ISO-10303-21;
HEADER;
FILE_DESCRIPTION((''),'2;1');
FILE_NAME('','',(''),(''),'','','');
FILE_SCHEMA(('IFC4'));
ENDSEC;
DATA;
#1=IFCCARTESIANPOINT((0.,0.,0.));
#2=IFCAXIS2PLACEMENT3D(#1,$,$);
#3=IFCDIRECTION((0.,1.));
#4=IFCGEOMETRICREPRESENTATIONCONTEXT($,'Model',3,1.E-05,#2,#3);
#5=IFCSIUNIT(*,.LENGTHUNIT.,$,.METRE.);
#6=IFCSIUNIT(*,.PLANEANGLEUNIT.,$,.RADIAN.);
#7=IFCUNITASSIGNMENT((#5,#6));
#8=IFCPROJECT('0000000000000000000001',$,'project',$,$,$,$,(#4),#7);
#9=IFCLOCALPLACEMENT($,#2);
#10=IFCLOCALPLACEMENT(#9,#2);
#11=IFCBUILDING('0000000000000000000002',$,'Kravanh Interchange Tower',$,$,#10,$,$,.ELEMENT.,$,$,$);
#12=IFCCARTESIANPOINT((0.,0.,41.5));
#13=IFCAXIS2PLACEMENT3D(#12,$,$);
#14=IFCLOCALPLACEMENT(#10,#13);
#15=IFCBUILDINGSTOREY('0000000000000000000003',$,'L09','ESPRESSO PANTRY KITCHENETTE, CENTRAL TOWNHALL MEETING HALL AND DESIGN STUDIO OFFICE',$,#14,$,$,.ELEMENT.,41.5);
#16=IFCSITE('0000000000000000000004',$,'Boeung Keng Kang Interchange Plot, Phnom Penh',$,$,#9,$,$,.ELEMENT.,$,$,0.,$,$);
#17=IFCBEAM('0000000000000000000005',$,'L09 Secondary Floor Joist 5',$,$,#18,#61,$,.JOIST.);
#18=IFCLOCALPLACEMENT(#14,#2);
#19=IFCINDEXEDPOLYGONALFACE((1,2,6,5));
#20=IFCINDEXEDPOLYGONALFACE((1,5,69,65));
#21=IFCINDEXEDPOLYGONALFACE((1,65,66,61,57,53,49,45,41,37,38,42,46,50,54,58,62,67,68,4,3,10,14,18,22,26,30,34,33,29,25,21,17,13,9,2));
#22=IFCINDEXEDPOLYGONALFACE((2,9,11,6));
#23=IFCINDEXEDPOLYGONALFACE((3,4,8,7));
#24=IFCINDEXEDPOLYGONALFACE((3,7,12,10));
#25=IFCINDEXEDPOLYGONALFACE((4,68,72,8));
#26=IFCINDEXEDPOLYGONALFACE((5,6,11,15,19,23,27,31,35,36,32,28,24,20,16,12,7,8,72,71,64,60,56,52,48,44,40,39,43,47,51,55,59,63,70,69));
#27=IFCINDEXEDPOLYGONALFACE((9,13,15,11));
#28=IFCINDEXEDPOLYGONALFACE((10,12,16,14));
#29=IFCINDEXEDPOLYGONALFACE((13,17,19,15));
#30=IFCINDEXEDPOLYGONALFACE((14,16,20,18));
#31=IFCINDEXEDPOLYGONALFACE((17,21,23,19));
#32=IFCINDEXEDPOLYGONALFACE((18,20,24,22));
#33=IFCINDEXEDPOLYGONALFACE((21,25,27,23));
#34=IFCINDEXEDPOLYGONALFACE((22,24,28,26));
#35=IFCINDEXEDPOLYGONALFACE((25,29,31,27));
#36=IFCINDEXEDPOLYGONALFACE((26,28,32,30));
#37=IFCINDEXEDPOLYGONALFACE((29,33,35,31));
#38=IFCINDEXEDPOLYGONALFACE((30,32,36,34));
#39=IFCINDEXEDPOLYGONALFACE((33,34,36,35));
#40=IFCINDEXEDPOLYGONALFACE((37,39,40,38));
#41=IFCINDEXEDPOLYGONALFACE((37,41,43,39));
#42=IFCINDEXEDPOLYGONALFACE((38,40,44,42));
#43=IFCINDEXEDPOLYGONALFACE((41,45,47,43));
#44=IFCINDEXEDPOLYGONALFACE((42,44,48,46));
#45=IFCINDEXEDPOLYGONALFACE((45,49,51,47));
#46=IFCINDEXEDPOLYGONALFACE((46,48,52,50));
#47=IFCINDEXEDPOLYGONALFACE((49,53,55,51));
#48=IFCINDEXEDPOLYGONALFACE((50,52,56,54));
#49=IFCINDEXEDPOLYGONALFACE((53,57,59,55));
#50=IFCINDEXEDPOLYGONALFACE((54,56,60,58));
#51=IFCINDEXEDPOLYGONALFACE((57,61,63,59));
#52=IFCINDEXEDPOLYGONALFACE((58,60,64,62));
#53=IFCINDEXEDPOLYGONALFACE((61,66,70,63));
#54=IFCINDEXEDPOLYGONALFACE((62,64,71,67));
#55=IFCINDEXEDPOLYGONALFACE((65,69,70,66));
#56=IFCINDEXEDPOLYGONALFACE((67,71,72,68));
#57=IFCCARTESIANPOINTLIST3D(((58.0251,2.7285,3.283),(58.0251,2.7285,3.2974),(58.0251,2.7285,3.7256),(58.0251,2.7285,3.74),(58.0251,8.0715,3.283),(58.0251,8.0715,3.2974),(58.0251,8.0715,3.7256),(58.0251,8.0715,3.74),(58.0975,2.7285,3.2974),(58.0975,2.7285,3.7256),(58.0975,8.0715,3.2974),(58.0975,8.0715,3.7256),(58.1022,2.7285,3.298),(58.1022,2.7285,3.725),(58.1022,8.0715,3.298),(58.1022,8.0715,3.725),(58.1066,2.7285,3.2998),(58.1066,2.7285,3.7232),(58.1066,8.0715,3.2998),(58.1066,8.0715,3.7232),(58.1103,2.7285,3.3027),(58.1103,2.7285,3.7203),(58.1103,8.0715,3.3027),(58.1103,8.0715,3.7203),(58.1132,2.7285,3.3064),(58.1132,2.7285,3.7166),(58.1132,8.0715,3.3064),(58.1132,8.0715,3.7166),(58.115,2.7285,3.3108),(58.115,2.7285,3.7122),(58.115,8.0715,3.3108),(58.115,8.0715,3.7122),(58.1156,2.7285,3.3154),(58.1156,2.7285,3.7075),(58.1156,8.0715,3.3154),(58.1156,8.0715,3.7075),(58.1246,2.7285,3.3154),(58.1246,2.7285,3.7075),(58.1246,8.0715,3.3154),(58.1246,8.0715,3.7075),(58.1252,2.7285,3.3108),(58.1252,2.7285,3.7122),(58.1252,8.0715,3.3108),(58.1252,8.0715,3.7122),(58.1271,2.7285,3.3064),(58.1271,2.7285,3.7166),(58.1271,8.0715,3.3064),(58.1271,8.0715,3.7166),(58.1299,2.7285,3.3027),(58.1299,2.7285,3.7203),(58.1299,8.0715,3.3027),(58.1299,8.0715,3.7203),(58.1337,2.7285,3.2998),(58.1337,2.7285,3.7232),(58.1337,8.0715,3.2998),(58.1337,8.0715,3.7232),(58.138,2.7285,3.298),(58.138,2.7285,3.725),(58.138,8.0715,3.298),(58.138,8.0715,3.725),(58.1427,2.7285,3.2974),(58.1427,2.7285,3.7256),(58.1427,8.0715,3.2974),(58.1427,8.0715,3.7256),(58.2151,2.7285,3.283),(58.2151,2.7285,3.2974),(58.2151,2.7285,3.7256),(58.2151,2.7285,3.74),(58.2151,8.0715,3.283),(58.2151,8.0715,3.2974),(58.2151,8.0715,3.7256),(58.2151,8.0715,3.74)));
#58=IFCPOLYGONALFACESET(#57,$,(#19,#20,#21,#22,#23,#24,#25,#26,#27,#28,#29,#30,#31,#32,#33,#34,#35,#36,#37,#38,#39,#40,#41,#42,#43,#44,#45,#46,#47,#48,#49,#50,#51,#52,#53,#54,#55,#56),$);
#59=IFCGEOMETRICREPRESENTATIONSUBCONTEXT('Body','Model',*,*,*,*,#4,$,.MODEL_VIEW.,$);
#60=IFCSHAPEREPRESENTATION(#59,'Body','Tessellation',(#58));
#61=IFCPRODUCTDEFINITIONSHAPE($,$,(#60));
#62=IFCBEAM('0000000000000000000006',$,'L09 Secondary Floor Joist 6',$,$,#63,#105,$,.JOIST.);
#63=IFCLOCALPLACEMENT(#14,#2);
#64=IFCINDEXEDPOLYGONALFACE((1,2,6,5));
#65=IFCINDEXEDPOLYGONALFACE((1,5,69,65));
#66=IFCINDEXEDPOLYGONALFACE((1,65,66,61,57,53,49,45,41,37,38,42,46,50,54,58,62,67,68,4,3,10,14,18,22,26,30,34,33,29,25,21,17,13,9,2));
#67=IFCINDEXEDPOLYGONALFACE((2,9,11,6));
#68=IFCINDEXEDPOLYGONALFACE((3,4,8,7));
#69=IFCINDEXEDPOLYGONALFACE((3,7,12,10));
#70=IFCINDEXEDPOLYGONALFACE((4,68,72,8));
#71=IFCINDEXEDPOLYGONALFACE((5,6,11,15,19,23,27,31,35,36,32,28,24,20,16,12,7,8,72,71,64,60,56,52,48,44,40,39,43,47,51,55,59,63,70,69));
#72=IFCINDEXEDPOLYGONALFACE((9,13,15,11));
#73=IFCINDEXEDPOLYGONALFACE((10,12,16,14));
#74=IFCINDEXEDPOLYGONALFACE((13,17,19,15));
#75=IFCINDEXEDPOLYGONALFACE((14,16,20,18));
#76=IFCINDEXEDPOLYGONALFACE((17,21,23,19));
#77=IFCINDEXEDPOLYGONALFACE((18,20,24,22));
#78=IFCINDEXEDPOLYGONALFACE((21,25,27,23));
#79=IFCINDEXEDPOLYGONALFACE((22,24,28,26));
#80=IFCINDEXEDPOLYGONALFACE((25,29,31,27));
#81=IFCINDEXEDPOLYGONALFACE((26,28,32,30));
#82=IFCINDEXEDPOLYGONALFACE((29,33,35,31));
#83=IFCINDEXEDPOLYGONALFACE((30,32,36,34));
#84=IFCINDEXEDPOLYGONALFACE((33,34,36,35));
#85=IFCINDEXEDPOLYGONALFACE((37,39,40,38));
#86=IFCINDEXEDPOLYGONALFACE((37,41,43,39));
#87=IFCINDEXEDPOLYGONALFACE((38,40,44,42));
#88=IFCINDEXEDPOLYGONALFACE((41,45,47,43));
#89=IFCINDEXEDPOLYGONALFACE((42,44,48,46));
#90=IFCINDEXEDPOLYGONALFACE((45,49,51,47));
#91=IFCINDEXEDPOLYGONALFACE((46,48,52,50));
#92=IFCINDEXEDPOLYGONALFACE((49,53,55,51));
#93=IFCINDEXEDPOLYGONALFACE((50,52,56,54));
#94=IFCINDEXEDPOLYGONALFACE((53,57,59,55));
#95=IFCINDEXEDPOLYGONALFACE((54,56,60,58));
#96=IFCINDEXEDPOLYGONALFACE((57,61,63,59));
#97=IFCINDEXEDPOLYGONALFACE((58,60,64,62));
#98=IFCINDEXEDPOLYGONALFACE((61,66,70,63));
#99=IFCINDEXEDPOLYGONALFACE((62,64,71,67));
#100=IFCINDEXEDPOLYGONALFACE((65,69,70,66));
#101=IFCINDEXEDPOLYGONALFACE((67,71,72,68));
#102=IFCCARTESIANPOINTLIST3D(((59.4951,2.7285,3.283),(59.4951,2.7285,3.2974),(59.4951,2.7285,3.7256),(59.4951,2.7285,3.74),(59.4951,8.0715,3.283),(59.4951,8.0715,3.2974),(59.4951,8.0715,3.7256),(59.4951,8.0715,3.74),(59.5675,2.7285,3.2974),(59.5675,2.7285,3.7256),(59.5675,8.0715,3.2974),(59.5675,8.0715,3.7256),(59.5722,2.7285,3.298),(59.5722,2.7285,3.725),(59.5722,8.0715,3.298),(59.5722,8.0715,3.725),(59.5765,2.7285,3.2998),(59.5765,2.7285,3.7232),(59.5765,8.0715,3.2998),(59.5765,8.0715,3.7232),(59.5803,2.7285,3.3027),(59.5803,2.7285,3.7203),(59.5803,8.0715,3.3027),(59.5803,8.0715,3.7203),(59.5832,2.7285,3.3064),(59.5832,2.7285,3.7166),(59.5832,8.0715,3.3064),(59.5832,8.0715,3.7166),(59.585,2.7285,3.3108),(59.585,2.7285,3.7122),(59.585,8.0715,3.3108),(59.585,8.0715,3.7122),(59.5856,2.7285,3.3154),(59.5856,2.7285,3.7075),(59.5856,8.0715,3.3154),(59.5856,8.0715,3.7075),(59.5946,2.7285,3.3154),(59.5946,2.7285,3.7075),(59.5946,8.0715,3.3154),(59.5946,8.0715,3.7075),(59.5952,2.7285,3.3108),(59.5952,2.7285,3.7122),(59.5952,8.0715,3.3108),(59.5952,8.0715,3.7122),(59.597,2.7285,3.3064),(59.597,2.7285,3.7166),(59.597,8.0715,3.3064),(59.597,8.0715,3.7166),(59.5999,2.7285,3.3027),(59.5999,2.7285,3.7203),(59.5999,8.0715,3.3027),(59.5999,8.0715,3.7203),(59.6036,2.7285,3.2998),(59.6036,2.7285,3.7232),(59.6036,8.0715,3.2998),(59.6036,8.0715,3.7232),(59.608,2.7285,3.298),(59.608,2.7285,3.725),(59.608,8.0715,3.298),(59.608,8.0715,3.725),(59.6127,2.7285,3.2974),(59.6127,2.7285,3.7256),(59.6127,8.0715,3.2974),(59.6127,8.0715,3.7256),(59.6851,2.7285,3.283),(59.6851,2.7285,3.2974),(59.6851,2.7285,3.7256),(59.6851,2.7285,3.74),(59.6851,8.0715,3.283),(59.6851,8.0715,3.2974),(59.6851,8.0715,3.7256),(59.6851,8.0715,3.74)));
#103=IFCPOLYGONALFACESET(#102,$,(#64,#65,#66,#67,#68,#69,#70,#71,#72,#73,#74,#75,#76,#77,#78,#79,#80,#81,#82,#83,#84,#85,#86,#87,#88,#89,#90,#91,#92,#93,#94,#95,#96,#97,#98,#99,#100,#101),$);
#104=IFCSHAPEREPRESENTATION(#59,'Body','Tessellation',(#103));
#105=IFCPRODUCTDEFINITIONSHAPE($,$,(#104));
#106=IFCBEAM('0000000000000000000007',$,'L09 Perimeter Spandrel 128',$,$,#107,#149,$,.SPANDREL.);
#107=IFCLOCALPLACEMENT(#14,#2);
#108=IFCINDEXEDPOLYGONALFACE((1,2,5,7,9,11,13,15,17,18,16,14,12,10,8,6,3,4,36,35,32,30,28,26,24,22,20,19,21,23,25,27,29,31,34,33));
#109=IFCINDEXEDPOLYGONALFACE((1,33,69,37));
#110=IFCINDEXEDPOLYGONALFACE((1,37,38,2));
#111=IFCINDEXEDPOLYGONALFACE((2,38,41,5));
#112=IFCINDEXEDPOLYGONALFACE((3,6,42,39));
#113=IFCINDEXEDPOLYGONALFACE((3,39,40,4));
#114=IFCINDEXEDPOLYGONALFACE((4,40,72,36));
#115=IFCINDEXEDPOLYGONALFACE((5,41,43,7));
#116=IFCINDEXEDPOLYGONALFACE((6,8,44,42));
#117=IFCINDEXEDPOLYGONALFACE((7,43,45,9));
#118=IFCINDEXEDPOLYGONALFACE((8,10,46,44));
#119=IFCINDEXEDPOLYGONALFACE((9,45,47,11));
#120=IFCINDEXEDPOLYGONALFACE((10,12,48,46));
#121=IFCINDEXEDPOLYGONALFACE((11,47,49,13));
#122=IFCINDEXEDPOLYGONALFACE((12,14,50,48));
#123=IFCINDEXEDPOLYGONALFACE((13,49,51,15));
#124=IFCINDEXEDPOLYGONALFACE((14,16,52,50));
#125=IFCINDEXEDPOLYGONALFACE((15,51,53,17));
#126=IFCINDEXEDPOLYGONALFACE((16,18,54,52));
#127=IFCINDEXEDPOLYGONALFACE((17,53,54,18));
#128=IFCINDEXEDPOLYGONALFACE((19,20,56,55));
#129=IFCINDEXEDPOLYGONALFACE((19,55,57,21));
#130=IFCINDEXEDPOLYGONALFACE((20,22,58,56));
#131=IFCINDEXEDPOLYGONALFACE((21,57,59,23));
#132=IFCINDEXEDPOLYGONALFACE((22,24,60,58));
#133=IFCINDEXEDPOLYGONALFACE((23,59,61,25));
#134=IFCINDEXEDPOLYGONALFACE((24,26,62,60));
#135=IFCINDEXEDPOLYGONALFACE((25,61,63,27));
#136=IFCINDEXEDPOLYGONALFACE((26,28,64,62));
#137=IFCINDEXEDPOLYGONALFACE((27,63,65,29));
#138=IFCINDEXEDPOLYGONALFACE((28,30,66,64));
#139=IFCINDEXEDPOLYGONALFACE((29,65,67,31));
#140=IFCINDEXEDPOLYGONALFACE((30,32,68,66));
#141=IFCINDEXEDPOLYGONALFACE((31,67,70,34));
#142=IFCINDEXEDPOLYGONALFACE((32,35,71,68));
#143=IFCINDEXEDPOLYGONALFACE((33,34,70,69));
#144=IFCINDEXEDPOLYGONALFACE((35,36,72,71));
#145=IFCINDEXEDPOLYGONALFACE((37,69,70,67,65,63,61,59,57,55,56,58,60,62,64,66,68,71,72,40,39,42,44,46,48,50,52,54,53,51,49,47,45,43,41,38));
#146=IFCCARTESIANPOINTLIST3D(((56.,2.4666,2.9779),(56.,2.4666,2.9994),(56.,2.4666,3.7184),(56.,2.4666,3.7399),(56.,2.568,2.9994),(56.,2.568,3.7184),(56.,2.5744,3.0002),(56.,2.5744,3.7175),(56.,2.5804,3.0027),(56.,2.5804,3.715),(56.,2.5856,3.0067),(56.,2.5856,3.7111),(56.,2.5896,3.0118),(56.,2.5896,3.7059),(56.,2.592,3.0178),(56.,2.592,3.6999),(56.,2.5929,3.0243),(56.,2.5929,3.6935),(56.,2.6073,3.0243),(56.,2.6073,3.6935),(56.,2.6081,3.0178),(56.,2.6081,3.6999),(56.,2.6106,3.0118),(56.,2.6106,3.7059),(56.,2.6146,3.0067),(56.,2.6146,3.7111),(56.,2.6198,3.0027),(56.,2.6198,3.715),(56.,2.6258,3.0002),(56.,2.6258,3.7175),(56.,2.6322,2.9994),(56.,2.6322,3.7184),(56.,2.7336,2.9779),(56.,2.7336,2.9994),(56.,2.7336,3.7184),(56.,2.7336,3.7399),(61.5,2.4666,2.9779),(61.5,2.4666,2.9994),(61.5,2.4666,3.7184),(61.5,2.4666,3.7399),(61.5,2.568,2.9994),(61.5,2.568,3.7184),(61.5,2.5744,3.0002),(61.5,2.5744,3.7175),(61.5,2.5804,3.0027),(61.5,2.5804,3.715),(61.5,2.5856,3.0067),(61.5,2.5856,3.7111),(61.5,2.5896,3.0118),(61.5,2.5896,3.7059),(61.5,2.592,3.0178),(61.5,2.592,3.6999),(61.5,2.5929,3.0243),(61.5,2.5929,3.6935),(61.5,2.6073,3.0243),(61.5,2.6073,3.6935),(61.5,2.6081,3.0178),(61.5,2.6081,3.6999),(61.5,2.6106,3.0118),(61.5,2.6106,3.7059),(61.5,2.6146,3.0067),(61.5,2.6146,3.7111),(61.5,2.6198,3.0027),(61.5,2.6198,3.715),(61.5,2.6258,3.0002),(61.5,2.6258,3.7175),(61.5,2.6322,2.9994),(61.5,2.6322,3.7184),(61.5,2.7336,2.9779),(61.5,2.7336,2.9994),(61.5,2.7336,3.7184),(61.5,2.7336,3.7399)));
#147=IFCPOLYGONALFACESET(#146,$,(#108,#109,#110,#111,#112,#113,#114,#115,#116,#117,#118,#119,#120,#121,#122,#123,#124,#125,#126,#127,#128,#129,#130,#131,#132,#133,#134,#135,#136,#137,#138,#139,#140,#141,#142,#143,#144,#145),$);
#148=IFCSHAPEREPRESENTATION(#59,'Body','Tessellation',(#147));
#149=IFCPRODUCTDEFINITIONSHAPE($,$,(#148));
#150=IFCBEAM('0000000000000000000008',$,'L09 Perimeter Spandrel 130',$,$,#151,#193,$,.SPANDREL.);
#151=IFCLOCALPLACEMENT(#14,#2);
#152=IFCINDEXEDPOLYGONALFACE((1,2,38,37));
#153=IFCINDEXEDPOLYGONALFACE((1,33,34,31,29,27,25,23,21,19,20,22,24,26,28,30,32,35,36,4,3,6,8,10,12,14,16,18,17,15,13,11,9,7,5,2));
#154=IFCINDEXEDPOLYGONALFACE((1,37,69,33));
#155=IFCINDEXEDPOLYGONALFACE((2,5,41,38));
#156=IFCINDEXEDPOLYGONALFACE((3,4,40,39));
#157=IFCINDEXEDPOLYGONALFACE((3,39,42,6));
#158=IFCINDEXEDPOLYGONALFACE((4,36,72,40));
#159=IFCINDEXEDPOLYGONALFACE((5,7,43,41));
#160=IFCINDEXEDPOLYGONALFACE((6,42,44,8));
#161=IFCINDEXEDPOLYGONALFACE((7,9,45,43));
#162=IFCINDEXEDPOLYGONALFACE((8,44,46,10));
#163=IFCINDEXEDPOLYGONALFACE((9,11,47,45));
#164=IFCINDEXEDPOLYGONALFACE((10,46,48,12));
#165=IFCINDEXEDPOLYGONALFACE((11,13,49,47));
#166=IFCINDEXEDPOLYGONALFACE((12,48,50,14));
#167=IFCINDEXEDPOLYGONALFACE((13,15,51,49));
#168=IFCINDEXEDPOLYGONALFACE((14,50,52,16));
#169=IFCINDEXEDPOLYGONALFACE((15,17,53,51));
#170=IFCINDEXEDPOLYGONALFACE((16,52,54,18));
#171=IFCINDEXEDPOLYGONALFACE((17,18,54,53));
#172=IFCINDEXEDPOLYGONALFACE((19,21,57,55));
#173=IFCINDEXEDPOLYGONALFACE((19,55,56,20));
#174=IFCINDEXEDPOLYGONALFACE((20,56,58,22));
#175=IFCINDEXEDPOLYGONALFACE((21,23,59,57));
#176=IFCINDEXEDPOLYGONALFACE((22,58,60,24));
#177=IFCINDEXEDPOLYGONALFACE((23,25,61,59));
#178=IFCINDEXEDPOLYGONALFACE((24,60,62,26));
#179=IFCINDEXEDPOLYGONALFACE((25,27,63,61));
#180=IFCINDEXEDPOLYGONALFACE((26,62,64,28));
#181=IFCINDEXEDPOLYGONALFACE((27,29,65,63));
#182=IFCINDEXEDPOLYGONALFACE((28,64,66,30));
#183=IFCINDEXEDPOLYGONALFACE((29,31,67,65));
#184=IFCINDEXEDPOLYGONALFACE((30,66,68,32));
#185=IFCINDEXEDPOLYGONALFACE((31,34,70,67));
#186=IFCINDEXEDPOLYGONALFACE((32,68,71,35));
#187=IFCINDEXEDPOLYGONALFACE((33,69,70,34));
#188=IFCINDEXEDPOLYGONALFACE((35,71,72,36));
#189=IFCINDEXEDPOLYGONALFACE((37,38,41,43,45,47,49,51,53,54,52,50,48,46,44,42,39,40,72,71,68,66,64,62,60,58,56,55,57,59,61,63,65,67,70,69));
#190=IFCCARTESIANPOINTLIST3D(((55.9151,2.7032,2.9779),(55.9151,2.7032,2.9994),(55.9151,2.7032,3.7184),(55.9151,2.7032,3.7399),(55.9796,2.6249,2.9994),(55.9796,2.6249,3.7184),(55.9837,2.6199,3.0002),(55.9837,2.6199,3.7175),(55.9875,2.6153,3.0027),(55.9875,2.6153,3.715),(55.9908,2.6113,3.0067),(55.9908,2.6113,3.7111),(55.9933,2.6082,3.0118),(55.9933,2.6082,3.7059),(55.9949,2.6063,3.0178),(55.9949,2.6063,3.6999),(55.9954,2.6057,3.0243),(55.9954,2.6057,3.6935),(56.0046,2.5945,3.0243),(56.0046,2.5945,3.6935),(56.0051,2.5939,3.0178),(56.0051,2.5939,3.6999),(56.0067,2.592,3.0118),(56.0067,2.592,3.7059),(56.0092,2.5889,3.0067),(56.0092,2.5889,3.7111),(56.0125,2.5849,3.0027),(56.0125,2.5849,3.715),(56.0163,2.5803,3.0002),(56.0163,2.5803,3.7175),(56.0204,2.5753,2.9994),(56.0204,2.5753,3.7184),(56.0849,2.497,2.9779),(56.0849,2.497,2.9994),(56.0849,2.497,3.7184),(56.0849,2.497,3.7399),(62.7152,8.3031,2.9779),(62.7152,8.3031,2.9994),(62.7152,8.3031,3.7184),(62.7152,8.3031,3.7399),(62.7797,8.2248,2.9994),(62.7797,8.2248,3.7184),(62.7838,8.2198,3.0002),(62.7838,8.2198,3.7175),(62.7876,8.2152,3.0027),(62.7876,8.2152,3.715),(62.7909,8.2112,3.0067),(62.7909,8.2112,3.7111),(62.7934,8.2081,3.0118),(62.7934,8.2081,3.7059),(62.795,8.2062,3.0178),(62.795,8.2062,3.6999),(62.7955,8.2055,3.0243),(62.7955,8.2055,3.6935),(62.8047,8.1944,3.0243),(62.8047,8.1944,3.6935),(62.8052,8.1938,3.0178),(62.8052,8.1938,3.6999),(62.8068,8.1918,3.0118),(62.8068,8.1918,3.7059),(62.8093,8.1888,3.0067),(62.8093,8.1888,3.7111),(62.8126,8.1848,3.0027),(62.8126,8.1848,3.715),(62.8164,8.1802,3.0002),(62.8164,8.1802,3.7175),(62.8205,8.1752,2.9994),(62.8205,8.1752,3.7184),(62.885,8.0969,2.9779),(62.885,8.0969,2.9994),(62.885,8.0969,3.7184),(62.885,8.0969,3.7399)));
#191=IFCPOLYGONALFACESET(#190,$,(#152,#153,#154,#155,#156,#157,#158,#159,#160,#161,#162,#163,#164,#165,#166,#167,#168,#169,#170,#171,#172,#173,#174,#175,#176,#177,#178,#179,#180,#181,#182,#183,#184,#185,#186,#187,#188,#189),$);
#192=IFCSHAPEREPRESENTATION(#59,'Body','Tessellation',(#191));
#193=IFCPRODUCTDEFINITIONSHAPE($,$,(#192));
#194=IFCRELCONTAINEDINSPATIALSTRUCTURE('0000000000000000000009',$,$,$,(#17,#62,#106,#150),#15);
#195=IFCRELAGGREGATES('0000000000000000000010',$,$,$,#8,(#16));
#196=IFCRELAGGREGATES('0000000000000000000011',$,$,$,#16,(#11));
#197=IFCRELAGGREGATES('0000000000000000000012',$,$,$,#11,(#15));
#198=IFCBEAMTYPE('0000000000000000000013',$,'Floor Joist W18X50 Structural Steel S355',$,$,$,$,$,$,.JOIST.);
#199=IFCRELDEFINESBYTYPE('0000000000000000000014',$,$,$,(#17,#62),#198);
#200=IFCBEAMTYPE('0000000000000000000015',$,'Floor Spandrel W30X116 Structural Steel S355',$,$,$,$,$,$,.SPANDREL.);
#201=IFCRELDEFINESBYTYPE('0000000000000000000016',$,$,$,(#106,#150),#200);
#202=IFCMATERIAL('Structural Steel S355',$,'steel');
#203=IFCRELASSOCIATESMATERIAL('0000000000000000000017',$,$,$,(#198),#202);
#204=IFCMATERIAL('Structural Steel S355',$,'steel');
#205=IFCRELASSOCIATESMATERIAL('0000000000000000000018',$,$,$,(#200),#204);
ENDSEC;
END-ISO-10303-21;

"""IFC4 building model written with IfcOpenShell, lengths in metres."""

from ifc_helpers import new_model, si_unit, direction, frame, origin, origin_2d, place, context, subcontext, project, spatial, i_section, extrude, material, material_profile, profile_set, type_object, element, save


model = new_model("IFC4")

# Units and contexts
model_context = context("Model", 3, precision=1e-05, world=origin(), true_north=direction((0.0, 1.0)))
body_context = subcontext(model_context, "Body", "Model", "MODEL_VIEW")
ifc_project = project(units=[si_unit("LENGTHUNIT", "METRE"), si_unit("PLANEANGLEUNIT", "RADIAN")], contexts=[model_context])

# Site, building, storey
site_placement = place(None, origin())
site = spatial("IfcSite", under=ifc_project, at=site_placement, Name="Boeung Keng Kang Interchange Plot, Phnom Penh", CompositionType="ELEMENT", RefElevation=0.0)
building_placement = place(site_placement, origin())
building = spatial("IfcBuilding", under=site, at=building_placement, Name="Kravanh Interchange Tower", CompositionType="ELEMENT")
storey_placement = place(building_placement, frame((0.0, 0.0, 41.5)))
storey = spatial("IfcBuildingStorey", under=building, at=storey_placement, Name="L09", Description="ESPRESSO PANTRY KITCHENETTE, CENTRAL TOWNHALL MEETING HALL AND DESIGN STUDIO OFFICE", CompositionType="ELEMENT", Elevation=41.5)

# Beams
ifc_material_1 = material(Name="Structural Steel S355", Category="steel")
ifc_material_profile_1 = material_profile(ifc_material_1, i_section(OverallWidth=0.1899, OverallDepth=0.457, WebThickness=0.009, FlangeThickness=0.0144, FilletRadius=0.0181, at=origin_2d()), Name="W18X50")
ifc_profile_set_1 = profile_set([ifc_material_profile_1], Name="Structural Steel S355")
beam_type_1 = type_object("IfcBeamType", Name="Floor Joist W18X50 Structural Steel S355", PredefinedType="JOIST", material=ifc_profile_set_1)
for number, where, z_axis, x_axis, name in (
    (1, (58.1201, 2.7285, 3.5115), (0.0, 1.0, 0.0), (-1.0, 0.0, 0.0), "L09 Secondary Floor Joist 5"),
    (2, (59.5901, 2.7285, 3.5115), (0.0, 1.0, 0.0), (-1.0, 0.0, 0.0), "L09 Secondary Floor Joist 6"),
):
    element("IfcBeam", number, at=place(storey_placement, frame(where, z_axis=z_axis, x_axis=x_axis)), inside=storey, type_object=beam_type_1, Name=name, PredefinedType="JOIST", context=body_context, shape_type="SweptSolid", body=[
        extrude(i_section(OverallWidth=0.1899, OverallDepth=0.457, WebThickness=0.009, FlangeThickness=0.0144, FilletRadius=0.0181, at=origin_2d()), origin(), (0.0, 0.0, 1.0), 5.343),
    ])
ifc_material_2 = material(Name="Structural Steel S355", Category="steel")
ifc_material_profile_2 = material_profile(ifc_material_2, i_section(OverallWidth=0.2671, OverallDepth=0.762, WebThickness=0.0144, FlangeThickness=0.0215, FilletRadius=0.0249, at=origin_2d()), Name="W30X116")
ifc_profile_set_2 = profile_set([ifc_material_profile_2], Name="Structural Steel S355")
beam_type_2 = type_object("IfcBeamType", Name="Floor Spandrel W30X116 Structural Steel S355", PredefinedType="SPANDREL", material=ifc_profile_set_2)
beam_1_placement = place(storey_placement, frame((56.0, 2.6001, 3.3589), z_axis=(1.0, 0.0, 0.0), x_axis=(0.0, 1.0, 0.0)))
element("IfcBeam", 3, at=beam_1_placement, inside=storey, type_object=beam_type_2, Name="L09 Perimeter Spandrel 128", PredefinedType="SPANDREL", context=body_context, shape_type="SweptSolid", body=[
    extrude(i_section(OverallWidth=0.2671, OverallDepth=0.762, WebThickness=0.0144, FlangeThickness=0.0215, FilletRadius=0.0249, at=origin_2d()), origin(), (0.0, 0.0, 1.0), 5.5),
])
beam_2_placement = place(storey_placement, frame((56.0, 2.6001, 3.3589), z_axis=(0.771941, 0.635695, 0.0), x_axis=(-0.635695, 0.771941, 0.0)))
element("IfcBeam", 4, at=beam_2_placement, inside=storey, type_object=beam_type_2, Name="L09 Perimeter Spandrel 130", PredefinedType="SPANDREL", context=body_context, shape_type="SweptSolid", body=[
    extrude(i_section(OverallWidth=0.2671, OverallDepth=0.762, WebThickness=0.0144, FlangeThickness=0.0215, FilletRadius=0.0249, at=origin_2d()), origin(), (0.0, 0.0, 1.0), 8.8091),
])

save(model, "model.ifc")
